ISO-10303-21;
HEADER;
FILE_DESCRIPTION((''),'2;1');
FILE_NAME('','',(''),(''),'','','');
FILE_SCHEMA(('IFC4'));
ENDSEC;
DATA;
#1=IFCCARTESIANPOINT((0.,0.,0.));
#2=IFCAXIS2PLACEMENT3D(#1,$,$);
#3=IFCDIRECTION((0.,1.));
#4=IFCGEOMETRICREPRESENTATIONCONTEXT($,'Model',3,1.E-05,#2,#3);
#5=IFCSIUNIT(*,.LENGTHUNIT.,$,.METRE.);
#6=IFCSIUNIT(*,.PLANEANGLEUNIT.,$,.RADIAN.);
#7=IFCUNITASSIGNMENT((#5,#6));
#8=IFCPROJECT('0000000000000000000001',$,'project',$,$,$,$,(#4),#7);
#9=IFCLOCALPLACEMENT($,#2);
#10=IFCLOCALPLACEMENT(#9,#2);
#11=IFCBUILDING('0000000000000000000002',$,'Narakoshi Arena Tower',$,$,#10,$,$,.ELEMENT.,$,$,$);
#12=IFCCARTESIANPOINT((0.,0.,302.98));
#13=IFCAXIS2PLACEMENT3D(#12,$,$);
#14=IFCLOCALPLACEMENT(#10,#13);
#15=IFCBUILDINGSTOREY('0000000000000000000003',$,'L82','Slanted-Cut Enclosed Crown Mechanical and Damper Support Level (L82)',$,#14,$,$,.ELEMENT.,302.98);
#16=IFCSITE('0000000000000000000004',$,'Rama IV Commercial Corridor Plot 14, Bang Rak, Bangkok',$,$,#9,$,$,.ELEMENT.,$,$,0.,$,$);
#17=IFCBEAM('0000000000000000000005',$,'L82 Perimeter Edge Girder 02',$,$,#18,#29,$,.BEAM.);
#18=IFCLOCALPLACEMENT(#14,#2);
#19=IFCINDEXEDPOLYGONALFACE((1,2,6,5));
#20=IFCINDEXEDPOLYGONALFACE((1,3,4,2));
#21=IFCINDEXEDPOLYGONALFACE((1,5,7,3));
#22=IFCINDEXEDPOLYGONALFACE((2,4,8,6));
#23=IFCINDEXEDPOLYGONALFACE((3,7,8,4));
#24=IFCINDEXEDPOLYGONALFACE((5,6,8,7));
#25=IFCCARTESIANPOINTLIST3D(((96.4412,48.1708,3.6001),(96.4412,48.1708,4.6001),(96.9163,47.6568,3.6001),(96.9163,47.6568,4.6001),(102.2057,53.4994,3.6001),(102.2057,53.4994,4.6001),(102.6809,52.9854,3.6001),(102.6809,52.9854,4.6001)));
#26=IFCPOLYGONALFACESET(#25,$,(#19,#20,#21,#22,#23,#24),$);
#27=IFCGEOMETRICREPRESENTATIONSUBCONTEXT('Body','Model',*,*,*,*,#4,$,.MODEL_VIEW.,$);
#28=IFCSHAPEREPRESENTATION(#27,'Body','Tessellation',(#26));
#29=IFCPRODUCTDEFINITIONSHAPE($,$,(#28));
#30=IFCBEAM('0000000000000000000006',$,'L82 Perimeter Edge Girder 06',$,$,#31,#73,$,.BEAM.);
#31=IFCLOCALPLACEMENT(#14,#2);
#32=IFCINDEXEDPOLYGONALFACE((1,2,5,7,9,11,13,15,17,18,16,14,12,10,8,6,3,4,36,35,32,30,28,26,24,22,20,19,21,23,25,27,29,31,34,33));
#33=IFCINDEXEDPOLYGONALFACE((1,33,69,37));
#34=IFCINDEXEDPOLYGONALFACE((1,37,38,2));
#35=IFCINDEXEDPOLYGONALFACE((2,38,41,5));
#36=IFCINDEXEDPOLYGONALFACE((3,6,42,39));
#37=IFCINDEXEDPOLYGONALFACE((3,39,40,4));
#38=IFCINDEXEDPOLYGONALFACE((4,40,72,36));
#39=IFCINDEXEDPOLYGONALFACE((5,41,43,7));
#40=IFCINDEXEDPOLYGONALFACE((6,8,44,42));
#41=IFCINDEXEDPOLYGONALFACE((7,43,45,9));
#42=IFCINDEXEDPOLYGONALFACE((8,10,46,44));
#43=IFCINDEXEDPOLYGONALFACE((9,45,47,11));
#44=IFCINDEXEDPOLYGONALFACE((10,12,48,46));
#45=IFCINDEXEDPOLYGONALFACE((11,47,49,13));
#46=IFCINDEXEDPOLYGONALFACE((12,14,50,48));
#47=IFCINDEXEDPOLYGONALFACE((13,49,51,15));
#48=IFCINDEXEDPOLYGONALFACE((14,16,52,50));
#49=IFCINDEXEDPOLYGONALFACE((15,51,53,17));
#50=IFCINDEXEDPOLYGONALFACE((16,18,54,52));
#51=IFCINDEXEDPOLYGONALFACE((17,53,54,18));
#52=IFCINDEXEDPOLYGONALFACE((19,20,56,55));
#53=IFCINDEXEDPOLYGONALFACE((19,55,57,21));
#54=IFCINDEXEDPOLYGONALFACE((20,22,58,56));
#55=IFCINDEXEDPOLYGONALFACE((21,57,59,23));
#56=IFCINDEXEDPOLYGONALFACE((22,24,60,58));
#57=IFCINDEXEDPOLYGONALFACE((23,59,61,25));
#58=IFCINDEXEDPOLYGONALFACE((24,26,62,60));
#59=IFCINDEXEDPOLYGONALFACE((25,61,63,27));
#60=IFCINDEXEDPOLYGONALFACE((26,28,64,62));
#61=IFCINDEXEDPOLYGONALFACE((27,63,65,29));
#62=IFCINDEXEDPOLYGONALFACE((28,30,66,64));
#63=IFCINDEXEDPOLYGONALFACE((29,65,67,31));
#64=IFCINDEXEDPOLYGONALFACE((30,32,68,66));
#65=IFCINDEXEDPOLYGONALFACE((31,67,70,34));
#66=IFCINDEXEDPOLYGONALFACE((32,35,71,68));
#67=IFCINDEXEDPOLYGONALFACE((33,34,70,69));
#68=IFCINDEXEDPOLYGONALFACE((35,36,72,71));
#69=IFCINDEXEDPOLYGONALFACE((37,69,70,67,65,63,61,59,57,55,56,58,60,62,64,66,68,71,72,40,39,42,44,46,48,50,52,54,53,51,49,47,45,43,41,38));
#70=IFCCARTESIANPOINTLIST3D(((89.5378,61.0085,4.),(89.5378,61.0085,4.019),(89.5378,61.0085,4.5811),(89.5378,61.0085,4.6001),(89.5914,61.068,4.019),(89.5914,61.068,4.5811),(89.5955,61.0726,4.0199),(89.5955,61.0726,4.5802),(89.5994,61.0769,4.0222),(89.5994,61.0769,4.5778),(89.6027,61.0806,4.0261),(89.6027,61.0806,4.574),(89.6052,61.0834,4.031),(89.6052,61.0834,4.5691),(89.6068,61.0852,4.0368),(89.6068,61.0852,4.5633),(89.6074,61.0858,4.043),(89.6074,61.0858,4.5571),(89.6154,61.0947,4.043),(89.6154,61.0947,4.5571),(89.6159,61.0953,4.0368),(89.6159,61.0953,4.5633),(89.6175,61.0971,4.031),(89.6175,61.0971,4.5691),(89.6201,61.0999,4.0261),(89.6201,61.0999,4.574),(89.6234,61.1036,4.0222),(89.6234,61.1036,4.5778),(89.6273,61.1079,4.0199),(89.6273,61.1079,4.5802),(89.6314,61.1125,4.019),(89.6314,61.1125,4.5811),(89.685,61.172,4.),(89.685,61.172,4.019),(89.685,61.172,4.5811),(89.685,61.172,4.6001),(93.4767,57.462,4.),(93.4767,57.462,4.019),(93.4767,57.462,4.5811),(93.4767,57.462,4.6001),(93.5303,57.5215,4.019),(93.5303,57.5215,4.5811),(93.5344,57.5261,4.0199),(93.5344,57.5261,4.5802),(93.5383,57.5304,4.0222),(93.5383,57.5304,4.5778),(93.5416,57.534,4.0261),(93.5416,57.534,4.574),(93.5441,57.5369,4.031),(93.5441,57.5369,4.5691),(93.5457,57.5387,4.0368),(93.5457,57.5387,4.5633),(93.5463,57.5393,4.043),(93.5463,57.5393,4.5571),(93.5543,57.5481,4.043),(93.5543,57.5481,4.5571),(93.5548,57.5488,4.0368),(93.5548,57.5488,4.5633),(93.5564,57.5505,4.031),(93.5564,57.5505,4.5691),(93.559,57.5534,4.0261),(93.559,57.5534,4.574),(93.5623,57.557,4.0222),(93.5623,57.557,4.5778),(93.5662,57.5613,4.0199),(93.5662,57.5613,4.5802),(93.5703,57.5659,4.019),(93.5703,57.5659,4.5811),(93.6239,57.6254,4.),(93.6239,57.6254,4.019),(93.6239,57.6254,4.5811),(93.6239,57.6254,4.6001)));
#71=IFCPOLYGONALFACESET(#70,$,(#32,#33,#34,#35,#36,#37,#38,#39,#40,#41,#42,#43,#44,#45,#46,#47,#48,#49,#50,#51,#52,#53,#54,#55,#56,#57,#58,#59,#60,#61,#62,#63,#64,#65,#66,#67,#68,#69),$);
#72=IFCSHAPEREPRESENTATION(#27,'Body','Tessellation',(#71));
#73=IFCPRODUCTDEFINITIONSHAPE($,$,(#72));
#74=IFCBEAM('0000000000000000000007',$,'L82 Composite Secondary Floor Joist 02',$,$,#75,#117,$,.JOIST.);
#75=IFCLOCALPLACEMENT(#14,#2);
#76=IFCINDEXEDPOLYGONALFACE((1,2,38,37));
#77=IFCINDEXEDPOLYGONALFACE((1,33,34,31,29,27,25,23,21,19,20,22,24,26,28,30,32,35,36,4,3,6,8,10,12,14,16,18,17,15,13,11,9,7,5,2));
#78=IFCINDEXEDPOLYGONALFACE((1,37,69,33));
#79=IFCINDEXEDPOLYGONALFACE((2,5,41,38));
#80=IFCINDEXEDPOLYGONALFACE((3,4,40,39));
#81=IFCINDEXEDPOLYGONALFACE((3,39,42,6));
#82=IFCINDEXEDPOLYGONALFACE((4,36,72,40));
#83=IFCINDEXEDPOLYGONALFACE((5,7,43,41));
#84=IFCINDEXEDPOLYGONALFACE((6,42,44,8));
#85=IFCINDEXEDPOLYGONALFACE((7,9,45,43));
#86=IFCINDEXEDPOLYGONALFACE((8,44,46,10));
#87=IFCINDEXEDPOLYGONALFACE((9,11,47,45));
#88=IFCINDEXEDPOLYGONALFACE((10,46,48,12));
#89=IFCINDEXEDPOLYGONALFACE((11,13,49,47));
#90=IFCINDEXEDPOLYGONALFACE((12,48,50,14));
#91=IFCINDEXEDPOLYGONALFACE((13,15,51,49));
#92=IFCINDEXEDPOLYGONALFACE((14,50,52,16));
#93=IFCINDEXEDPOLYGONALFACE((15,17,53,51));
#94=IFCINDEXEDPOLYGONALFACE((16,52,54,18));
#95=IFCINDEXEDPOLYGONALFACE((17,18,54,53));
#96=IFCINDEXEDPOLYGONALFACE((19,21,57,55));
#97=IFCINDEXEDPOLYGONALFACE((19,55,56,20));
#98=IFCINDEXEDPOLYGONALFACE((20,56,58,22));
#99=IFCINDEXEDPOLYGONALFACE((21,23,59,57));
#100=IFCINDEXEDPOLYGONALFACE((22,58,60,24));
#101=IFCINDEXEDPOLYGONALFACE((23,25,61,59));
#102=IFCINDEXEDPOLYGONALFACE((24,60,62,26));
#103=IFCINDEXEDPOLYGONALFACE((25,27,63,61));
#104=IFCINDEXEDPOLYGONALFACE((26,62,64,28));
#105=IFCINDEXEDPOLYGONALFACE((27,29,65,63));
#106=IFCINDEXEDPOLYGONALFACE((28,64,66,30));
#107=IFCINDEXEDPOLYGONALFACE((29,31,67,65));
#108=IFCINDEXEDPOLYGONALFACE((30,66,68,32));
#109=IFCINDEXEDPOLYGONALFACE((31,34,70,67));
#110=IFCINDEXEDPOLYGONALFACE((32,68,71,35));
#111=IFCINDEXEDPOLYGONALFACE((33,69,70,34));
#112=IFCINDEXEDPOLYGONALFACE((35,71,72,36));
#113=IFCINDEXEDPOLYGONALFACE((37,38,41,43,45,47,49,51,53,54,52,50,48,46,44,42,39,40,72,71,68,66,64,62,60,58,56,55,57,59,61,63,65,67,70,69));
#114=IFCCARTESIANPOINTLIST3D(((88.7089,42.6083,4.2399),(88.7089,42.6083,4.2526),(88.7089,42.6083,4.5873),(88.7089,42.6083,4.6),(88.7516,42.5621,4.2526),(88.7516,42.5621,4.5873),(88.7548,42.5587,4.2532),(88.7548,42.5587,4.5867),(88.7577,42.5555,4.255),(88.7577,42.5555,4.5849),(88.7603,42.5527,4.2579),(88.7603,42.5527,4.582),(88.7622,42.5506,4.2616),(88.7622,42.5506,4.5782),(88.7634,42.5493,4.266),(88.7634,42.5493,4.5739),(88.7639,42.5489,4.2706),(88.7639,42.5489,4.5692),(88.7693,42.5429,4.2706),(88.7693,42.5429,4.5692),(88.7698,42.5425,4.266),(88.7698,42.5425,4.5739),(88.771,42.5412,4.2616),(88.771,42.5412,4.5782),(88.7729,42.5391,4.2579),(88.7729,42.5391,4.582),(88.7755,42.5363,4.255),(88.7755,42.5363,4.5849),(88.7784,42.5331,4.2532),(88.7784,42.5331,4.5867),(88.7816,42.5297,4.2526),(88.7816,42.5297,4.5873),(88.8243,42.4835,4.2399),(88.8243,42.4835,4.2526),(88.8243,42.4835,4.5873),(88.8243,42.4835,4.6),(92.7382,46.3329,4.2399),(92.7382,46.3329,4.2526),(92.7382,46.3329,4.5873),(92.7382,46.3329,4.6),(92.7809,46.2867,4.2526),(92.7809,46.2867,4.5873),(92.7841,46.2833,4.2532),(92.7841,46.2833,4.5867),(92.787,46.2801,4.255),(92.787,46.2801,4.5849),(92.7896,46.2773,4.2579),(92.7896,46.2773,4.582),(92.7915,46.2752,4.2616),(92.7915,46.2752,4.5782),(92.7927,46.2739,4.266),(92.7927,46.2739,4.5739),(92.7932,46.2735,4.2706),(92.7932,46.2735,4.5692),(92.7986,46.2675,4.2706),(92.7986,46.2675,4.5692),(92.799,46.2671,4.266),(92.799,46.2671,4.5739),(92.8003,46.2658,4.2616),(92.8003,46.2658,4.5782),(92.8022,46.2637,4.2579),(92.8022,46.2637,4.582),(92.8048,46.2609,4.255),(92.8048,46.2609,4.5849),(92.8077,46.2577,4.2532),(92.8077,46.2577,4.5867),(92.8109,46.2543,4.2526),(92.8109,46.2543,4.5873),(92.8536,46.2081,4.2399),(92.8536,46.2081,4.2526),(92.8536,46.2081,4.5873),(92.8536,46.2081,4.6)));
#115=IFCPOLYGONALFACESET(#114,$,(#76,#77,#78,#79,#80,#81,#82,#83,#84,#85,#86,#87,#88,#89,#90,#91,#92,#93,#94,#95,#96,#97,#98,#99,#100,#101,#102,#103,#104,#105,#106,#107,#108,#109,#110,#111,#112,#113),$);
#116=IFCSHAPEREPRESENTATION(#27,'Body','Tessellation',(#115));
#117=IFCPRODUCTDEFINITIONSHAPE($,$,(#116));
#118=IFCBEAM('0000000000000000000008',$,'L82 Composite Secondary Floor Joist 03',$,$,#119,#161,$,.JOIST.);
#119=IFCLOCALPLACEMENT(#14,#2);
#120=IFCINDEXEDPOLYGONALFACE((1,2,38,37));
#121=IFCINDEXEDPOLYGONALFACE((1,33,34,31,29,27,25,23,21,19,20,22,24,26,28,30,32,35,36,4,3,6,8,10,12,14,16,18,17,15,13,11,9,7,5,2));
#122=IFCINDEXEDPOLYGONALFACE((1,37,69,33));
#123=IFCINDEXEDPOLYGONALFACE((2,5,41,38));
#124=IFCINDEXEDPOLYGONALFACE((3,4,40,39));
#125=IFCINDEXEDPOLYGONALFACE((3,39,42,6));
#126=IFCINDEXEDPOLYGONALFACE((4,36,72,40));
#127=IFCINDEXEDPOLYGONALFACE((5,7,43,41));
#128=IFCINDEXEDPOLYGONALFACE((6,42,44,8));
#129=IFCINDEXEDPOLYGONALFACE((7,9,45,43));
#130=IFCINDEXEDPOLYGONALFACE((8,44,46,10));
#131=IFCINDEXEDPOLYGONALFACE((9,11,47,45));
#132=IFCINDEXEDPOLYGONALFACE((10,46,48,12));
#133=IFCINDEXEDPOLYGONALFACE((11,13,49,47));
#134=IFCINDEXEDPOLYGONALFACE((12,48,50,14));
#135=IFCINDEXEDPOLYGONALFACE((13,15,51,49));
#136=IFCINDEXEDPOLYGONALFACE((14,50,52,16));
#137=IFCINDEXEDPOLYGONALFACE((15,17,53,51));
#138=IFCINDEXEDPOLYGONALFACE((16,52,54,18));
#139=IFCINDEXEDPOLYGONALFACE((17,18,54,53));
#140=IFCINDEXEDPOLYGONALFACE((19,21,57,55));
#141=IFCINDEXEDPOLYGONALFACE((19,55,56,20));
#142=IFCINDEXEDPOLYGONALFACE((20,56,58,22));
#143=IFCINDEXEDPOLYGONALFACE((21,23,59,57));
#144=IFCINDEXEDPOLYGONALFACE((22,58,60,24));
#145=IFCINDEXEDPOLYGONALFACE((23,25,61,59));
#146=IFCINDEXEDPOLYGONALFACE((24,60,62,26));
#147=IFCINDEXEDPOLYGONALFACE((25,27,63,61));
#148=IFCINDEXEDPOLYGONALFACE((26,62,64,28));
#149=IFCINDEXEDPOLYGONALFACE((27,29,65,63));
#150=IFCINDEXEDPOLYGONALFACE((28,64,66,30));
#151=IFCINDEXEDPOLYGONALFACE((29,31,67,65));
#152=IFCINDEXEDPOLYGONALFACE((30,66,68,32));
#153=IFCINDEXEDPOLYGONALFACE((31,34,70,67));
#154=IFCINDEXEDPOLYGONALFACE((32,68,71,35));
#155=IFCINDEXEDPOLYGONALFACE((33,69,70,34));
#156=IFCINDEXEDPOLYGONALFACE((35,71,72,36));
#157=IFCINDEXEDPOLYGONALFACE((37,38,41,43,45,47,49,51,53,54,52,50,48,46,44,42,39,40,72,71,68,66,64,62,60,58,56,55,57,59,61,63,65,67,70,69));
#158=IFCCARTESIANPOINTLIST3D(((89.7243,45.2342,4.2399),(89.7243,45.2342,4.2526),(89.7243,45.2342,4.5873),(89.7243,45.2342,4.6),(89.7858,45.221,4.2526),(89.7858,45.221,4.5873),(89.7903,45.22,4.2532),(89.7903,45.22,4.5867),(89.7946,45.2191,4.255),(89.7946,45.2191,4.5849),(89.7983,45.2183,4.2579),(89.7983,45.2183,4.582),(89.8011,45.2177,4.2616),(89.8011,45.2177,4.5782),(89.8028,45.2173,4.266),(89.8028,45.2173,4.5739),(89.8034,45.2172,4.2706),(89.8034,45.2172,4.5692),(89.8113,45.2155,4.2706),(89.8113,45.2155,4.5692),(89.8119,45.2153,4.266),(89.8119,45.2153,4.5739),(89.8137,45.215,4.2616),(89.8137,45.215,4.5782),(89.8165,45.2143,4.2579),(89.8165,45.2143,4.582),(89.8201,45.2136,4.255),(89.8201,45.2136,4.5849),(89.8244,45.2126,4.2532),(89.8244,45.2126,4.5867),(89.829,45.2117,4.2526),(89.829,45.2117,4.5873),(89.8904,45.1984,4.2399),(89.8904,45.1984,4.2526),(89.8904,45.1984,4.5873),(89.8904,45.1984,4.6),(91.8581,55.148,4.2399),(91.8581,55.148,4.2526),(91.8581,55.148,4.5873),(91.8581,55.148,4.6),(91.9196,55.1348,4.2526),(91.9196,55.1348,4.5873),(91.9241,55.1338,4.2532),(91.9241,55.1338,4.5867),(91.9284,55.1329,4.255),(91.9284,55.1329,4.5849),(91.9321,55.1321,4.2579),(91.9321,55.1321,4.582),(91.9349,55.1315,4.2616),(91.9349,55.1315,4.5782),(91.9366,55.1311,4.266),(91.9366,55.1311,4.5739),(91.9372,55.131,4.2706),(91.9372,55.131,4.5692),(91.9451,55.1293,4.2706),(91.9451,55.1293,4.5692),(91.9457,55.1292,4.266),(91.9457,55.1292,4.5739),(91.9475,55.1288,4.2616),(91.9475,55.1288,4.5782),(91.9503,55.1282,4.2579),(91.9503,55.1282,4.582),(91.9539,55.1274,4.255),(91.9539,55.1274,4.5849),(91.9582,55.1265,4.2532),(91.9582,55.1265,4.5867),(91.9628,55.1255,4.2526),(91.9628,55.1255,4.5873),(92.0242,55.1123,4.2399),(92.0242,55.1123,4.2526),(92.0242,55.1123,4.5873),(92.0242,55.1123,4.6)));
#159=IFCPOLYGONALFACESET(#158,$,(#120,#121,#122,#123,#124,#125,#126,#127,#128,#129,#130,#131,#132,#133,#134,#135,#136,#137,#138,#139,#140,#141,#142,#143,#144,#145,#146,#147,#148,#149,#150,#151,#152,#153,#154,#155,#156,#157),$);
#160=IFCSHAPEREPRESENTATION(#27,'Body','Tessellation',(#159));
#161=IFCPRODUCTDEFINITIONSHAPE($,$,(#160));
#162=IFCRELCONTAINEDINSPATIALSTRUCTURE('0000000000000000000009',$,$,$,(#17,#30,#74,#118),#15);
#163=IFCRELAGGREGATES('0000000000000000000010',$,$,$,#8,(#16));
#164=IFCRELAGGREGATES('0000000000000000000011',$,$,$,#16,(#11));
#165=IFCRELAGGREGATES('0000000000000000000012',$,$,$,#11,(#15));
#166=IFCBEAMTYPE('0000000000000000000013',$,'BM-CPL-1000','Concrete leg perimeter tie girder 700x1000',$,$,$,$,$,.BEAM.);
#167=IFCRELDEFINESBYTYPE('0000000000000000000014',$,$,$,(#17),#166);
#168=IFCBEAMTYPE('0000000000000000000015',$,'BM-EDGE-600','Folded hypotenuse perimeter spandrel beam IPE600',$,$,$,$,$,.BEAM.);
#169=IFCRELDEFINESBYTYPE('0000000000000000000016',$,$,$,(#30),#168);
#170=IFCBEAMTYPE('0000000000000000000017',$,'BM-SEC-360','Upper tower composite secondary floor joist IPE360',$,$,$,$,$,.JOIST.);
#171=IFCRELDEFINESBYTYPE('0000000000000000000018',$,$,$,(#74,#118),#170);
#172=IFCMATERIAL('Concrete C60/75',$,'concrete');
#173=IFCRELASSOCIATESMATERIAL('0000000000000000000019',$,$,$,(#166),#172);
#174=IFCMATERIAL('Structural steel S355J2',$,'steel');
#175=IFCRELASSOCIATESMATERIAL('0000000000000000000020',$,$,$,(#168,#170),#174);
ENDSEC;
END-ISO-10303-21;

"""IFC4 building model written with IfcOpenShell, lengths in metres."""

from ifc_helpers import new_model, si_unit, direction, frame, origin, origin_2d, place, context, subcontext, project, spatial, rectangle, i_section, extrude, material, material_profile, profile_set, type_object, element, save


model = new_model("IFC4")

# Units and contexts
model_context = context("Model", 3, precision=1e-05, world=origin(), true_north=direction((0.0, 1.0)))
body_context = subcontext(model_context, "Body", "Model", "MODEL_VIEW")
ifc_project = project(units=[si_unit("LENGTHUNIT", "METRE"), si_unit("PLANEANGLEUNIT", "RADIAN")], contexts=[model_context])

# Site, building, storey
site_placement = place(None, origin())
site = spatial("IfcSite", under=ifc_project, at=site_placement, Name="Rama IV Commercial Corridor Plot 14, Bang Rak, Bangkok", CompositionType="ELEMENT", RefElevation=0.0)
building_placement = place(site_placement, origin())
building = spatial("IfcBuilding", under=site, at=building_placement, Name="Narakoshi Arena Tower", CompositionType="ELEMENT")
storey_placement = place(building_placement, frame((0.0, 0.0, 302.98)))
storey = spatial("IfcBuildingStorey", under=building, at=storey_placement, Name="L82", Description="Slanted-Cut Enclosed Crown Mechanical and Damper Support Level (L82)", CompositionType="ELEMENT", Elevation=302.98)

# Shared definitions
ifc_material_1 = material(Name="Structural steel S355J2", Category="steel")

# Beams
ifc_material_2 = material(Name="Concrete C60/75", Category="concrete")
ifc_material_profile_1 = material_profile(ifc_material_2, rectangle(XDim=0.7, YDim=1.0, at=origin_2d()), Name="RCB700x1000")
ifc_profile_set_1 = profile_set([ifc_material_profile_1], Name="Concrete C60/75")
beam_type_1 = type_object("IfcBeamType", Name="BM-CPL-1000", Description="Concrete leg perimeter tie girder 700x1000", PredefinedType="BEAM", material=ifc_profile_set_1)
beam_1_placement = place(storey_placement, frame((96.6787, 47.9138, 4.1001), z_axis=(0.734333, 0.678789, 0.0), x_axis=(-0.678789, 0.734333, 0.0)))
element("IfcBeam", 1, at=beam_1_placement, inside=storey, type_object=beam_type_1, Name="L82 Perimeter Edge Girder 02", PredefinedType="BEAM", context=body_context, shape_type="SweptSolid", body=[
    extrude(rectangle(XDim=0.7, YDim=1.0, at=origin_2d()), origin(), (0.0, 0.0, 1.0), 7.8501),
])
ifc_material_profile_2 = material_profile(ifc_material_1, i_section(OverallWidth=0.22, OverallDepth=0.6001, WebThickness=0.012, FlangeThickness=0.019, FilletRadius=0.0239, at=origin_2d()), Name="IPE600")
ifc_profile_set_2 = profile_set([ifc_material_profile_2], Name="Structural steel S355J2")
beam_type_2 = type_object("IfcBeamType", Name="BM-EDGE-600", Description="Folded hypotenuse perimeter spandrel beam IPE600", PredefinedType="BEAM", material=ifc_profile_set_2)
beam_2_placement = place(storey_placement, frame((93.5503, 57.5437, 4.3), z_axis=(-0.743148, 0.669128, 0.0), x_axis=(-0.669128, -0.743148, 0.0)))
element("IfcBeam", 2, at=beam_2_placement, inside=storey, type_object=beam_type_2, Name="L82 Perimeter Edge Girder 06", PredefinedType="BEAM", context=body_context, shape_type="SweptSolid", body=[
    extrude(i_section(OverallWidth=0.22, OverallDepth=0.6001, WebThickness=0.012, FlangeThickness=0.019, FilletRadius=0.0239, at=origin_2d()), origin(), (0.0, 0.0, 1.0), 5.3003),
])
ifc_material_profile_3 = material_profile(ifc_material_1, i_section(OverallWidth=0.1699, OverallDepth=0.3601, WebThickness=0.0081, FlangeThickness=0.0127, FilletRadius=0.0181, at=origin_2d()), Name="IPE360")
ifc_profile_set_3 = profile_set([ifc_material_profile_3], Name="Structural steel S355J2")
beam_type_3 = type_object("IfcBeamType", Name="BM-SEC-360", Description="Upper tower composite secondary floor joist IPE360", PredefinedType="JOIST", material=ifc_profile_set_3)
beam_3_placement = place(storey_placement, frame((88.7666, 42.5459, 4.4199), z_axis=(0.734326, 0.678797, 0.0), x_axis=(-0.678797, 0.734326, 0.0)))
element("IfcBeam", 3, at=beam_3_placement, inside=storey, type_object=beam_type_3, Name="L82 Composite Secondary Floor Joist 02", PredefinedType="JOIST", context=body_context, shape_type="SweptSolid", body=[
    extrude(i_section(OverallWidth=0.1699, OverallDepth=0.3601, WebThickness=0.0081, FlangeThickness=0.0127, FilletRadius=0.0181, at=origin_2d()), origin(), (0.0, 0.0, 1.0), 5.4871),
])
beam_4_placement = place(storey_placement, frame((89.8074, 45.2163, 4.4199), z_axis=(0.210415, 0.977612, 0.0), x_axis=(-0.977612, 0.210415, 0.0)))
element("IfcBeam", 4, at=beam_4_placement, inside=storey, type_object=beam_type_3, Name="L82 Composite Secondary Floor Joist 03", PredefinedType="JOIST", context=body_context, shape_type="SweptSolid", body=[
    extrude(i_section(OverallWidth=0.1699, OverallDepth=0.3601, WebThickness=0.0081, FlangeThickness=0.0127, FilletRadius=0.0181, at=origin_2d()), origin(), (0.0, 0.0, 1.0), 10.1409),
])

save(model, "model.ifc")
